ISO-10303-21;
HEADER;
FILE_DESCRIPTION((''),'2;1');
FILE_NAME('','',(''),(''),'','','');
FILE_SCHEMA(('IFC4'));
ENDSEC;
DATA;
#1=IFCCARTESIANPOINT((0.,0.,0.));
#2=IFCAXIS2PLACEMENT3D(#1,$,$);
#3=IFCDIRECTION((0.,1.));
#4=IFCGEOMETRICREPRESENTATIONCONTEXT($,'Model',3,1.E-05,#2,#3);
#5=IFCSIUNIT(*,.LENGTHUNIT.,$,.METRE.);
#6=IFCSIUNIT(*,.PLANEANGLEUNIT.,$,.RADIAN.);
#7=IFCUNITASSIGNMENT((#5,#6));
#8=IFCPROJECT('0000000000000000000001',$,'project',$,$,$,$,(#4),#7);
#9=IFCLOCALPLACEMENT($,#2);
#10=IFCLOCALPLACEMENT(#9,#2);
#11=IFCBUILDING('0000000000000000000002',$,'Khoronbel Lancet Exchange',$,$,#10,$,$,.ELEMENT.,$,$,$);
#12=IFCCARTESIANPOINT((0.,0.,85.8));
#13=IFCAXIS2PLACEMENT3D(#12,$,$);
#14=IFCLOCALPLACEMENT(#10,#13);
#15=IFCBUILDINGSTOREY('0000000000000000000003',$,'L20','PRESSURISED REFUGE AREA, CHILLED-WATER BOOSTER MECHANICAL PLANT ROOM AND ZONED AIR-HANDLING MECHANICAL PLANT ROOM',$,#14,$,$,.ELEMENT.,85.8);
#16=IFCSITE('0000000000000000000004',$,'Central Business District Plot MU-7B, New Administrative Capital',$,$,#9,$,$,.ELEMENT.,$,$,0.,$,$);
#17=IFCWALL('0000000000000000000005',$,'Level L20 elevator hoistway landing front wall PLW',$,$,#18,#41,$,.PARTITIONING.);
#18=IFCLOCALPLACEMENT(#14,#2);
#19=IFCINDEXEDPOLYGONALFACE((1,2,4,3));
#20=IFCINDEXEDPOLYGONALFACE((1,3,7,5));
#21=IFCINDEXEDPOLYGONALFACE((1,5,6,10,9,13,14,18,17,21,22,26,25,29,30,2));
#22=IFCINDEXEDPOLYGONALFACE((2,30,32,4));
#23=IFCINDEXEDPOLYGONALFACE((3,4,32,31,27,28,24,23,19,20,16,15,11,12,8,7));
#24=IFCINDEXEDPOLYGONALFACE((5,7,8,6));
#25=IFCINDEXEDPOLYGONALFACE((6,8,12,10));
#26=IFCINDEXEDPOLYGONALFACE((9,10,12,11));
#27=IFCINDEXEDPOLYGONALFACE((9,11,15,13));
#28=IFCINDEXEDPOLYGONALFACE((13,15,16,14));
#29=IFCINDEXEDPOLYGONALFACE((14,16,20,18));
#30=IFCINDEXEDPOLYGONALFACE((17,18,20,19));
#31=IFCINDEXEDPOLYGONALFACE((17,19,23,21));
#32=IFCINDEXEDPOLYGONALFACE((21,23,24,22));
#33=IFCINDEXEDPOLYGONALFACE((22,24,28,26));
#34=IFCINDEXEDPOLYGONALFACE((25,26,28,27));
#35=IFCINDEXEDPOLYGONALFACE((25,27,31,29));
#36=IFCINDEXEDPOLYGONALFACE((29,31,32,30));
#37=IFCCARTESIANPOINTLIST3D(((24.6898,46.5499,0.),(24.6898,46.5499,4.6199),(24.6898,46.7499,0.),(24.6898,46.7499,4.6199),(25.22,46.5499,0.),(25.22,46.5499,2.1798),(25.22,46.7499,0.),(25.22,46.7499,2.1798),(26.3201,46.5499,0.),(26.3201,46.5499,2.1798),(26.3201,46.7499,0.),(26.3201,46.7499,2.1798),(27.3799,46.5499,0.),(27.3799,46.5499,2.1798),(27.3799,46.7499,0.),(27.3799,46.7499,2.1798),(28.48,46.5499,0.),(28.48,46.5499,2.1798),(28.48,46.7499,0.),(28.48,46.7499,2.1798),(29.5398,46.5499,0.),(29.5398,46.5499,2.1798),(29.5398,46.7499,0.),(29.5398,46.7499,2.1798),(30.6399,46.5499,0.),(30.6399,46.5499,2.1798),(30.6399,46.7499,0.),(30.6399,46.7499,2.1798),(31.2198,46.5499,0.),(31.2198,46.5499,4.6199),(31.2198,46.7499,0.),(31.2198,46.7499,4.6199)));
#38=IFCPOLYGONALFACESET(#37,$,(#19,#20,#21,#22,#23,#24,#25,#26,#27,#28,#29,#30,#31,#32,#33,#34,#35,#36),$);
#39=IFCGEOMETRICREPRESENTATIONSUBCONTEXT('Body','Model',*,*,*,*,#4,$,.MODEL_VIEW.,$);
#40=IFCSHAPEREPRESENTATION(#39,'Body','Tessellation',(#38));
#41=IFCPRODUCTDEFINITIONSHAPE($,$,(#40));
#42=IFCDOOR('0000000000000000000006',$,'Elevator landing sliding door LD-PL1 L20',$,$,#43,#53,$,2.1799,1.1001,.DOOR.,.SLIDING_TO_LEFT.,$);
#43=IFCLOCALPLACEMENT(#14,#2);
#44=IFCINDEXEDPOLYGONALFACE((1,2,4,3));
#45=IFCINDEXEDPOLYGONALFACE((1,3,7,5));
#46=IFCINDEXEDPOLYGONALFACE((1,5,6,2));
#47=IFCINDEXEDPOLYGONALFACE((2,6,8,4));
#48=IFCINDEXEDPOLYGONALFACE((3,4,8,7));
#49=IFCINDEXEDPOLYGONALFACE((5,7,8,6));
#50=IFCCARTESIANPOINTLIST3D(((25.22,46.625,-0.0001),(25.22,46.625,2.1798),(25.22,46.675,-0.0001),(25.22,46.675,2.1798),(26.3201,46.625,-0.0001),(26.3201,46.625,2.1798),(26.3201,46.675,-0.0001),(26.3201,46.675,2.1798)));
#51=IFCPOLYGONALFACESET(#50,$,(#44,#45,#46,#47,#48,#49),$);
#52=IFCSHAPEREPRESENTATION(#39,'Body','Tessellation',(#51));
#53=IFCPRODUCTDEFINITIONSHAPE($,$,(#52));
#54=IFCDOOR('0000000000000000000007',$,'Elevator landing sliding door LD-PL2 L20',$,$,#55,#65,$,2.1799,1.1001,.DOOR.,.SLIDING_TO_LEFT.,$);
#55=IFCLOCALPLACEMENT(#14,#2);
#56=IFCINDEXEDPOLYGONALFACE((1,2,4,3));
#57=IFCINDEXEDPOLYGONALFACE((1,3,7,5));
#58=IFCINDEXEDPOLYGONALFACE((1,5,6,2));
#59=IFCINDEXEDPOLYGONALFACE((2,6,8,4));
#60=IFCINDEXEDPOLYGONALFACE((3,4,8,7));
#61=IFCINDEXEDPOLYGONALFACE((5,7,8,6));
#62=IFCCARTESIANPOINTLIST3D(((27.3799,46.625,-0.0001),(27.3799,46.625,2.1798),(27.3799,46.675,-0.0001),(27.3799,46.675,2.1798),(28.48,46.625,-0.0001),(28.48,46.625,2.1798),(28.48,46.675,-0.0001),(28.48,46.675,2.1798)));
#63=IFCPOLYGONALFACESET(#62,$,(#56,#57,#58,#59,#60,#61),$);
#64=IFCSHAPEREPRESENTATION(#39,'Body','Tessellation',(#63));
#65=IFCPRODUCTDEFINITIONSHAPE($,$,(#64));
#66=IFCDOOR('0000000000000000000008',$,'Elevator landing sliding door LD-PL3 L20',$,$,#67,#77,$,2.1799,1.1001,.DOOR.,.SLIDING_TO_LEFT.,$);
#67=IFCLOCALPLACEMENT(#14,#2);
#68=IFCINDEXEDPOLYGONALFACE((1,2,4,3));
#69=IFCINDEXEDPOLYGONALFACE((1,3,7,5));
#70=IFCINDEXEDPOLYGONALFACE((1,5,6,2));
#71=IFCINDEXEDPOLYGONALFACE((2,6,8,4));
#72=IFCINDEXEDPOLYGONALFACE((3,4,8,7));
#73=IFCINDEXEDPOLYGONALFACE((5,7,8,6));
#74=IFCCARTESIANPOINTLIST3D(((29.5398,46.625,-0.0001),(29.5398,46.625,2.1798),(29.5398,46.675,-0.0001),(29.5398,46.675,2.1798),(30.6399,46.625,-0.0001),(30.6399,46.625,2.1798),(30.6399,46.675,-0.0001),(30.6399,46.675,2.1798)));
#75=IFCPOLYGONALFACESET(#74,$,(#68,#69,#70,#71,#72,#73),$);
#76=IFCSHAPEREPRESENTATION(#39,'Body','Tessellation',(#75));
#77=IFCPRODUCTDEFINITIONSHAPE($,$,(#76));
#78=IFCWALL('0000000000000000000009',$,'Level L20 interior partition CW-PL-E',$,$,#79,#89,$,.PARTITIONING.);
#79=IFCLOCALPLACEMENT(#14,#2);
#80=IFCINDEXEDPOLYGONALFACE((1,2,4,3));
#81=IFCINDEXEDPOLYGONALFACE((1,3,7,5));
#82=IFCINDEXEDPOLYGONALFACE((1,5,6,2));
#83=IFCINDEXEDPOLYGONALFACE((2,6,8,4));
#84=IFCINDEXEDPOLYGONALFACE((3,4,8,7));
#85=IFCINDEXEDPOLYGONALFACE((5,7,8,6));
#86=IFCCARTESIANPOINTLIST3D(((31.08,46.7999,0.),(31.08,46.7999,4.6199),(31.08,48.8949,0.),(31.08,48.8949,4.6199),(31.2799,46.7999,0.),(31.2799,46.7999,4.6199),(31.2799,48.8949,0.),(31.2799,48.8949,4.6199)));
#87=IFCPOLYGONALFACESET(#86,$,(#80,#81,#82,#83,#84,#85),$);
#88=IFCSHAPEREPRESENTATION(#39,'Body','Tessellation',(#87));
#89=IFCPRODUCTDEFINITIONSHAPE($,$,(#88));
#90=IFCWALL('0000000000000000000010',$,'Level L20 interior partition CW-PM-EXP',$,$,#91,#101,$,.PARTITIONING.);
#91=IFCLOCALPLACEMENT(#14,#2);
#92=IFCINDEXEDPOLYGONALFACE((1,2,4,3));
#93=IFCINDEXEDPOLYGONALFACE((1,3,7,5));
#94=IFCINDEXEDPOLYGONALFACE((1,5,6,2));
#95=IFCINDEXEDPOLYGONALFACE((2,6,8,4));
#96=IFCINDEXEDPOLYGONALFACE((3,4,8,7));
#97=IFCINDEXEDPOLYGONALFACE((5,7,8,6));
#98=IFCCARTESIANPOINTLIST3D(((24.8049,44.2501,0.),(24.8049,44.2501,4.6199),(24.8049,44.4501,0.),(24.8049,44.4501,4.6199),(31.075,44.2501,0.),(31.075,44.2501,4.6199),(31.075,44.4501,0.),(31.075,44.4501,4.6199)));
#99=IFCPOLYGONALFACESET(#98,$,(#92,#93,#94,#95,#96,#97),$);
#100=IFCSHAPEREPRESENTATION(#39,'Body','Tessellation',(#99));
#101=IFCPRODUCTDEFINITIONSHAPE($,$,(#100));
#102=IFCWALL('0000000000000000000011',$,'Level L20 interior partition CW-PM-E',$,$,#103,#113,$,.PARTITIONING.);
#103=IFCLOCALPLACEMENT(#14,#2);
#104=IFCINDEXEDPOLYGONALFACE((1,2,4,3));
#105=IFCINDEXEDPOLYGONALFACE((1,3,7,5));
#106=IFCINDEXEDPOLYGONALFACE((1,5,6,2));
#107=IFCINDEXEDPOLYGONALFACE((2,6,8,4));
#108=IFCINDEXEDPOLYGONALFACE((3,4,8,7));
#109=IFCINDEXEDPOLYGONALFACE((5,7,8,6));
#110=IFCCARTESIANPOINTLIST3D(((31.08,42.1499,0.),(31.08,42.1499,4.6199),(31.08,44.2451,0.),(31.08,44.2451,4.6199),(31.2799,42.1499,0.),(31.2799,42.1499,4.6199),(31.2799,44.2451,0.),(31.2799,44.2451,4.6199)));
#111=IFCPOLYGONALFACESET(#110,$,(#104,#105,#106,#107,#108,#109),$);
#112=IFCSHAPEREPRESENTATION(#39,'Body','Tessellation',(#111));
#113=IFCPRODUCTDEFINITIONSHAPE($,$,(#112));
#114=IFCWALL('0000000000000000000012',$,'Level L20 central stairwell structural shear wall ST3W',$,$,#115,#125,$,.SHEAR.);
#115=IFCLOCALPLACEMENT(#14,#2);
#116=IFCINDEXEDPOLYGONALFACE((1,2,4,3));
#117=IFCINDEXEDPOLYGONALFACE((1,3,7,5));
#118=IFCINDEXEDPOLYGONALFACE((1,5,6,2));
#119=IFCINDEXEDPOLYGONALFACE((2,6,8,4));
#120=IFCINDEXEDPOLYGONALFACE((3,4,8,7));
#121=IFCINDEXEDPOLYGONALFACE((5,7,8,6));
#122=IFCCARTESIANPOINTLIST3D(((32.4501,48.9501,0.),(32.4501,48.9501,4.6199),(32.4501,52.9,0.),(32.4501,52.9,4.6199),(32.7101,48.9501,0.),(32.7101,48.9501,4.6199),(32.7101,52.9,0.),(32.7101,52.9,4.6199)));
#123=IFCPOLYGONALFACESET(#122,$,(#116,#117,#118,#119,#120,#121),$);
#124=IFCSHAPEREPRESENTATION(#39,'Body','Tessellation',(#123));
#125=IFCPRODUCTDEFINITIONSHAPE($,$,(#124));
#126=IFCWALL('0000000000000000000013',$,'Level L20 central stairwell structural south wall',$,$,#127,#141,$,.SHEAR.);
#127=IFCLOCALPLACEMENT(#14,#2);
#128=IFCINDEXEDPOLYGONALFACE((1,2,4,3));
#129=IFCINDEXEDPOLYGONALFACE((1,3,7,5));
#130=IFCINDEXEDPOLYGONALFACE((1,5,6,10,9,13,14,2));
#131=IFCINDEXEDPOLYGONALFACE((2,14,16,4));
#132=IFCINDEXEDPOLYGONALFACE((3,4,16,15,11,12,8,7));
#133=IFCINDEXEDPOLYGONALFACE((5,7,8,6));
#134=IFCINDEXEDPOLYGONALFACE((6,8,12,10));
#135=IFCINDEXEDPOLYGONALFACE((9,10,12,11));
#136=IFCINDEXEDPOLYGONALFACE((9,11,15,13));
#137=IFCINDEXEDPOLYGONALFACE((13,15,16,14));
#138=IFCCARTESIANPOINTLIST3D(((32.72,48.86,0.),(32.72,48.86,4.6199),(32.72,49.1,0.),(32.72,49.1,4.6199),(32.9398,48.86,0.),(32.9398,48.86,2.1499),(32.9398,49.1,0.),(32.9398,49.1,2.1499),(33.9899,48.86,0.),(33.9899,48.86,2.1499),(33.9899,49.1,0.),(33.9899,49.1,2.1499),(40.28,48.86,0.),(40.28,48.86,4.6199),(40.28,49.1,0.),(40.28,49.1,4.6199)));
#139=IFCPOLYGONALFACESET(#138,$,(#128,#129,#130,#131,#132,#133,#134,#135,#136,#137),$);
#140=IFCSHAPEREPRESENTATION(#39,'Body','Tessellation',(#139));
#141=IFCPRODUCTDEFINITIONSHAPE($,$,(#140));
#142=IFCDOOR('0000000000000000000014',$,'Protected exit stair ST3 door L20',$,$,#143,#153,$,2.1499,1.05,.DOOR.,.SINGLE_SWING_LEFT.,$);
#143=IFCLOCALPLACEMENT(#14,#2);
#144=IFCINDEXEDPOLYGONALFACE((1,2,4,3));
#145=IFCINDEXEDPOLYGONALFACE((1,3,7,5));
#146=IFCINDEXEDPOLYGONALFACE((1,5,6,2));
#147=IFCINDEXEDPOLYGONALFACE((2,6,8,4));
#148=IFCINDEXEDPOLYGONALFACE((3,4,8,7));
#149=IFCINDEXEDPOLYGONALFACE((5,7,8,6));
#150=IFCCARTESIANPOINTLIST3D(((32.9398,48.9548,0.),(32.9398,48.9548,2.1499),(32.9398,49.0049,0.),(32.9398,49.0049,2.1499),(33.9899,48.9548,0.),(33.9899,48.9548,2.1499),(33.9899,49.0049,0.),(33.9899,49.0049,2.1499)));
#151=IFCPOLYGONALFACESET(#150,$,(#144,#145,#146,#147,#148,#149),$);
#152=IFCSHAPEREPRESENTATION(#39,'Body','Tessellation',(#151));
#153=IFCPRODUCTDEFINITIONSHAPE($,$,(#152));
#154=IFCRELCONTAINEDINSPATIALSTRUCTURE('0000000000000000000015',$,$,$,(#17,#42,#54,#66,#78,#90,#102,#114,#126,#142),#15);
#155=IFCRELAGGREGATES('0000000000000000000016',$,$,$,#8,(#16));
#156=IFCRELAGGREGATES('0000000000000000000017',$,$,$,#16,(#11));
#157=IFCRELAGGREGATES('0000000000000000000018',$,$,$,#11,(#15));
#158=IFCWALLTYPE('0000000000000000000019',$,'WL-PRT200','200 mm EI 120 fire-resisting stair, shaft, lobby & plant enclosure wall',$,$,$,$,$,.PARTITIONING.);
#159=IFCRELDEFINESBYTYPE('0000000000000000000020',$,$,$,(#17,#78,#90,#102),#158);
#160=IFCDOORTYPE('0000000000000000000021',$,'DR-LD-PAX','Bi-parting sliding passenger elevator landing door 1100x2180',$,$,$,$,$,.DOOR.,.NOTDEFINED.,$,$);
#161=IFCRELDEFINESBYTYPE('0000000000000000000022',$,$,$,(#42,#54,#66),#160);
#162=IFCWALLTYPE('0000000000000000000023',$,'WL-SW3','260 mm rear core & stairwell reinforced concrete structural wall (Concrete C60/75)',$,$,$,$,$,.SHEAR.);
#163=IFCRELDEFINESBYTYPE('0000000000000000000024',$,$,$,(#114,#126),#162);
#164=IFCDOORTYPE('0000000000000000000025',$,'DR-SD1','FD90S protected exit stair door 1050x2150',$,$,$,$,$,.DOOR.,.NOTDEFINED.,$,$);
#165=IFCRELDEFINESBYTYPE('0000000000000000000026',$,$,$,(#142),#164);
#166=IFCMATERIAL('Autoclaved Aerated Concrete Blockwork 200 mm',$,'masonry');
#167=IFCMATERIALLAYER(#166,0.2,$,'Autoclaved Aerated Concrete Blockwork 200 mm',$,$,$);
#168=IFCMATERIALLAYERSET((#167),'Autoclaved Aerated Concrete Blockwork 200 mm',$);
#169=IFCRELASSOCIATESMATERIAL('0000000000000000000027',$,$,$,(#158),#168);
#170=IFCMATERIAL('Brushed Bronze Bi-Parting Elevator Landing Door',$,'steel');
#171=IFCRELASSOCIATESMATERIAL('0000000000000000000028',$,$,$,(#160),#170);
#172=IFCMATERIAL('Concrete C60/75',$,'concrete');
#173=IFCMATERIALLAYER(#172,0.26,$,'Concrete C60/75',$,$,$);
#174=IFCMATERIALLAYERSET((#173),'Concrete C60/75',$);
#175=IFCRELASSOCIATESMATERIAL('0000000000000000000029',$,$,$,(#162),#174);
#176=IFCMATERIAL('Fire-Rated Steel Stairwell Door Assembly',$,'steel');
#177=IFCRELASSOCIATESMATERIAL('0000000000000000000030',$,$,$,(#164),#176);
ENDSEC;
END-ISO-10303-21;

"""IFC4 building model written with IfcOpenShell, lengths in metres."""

from ifc_helpers import new_model, si_unit, direction, frame, frame_2d, origin, place, context, subcontext, project, spatial, rectangle, extrude, material, layer, layer_set, type_object, element, fill, save


model = new_model("IFC4")

# Units and contexts
model_context = context("Model", 3, precision=1e-05, world=origin(), true_north=direction((0.0, 1.0)))
body_context = subcontext(model_context, "Body", "Model", "MODEL_VIEW")
ifc_project = project(units=[si_unit("LENGTHUNIT", "METRE"), si_unit("PLANEANGLEUNIT", "RADIAN")], contexts=[model_context])

# Site, building, storey
site_placement = place(None, origin())
site = spatial("IfcSite", under=ifc_project, at=site_placement, Name="Central Business District Plot MU-7B, New Administrative Capital", CompositionType="ELEMENT", RefElevation=0.0)
building_placement = place(site_placement, origin())
building = spatial("IfcBuilding", under=site, at=building_placement, Name="Khoronbel Lancet Exchange", CompositionType="ELEMENT")
storey_placement = place(building_placement, frame((0.0, 0.0, 85.8)))
storey = spatial("IfcBuildingStorey", under=building, at=storey_placement, Name="L20", Description="PRESSURISED REFUGE AREA, CHILLED-WATER BOOSTER MECHANICAL PLANT ROOM AND ZONED AIR-HANDLING MECHANICAL PLANT ROOM", CompositionType="ELEMENT", Elevation=85.8)

# Wall, openings, doors
ifc_material_1 = material(Name="Autoclaved Aerated Concrete Blockwork 200 mm", Category="masonry")
ifc_layer_1 = layer(ifc_material_1, 0.2, Name="Autoclaved Aerated Concrete Blockwork 200 mm")
ifc_layer_set_1 = layer_set([ifc_layer_1], Name="Autoclaved Aerated Concrete Blockwork 200 mm")
wall_type_1 = type_object("IfcWallType", Name="WL-PRT200", Description="200 mm EI 120 fire-resisting stair, shaft, lobby & plant enclosure wall", PredefinedType="PARTITIONING", material=ifc_layer_set_1)
wall_1_placement = place(storey_placement, frame((31.22, 46.6499, 0.0), z_axis=(0.0, 0.0, 1.0), x_axis=(-1.0, 0.0, 0.0)))
wall_1 = element("IfcWall", 1, at=wall_1_placement, inside=storey, type_object=wall_type_1, Name="Level L20 elevator hoistway landing front wall PLW", PredefinedType="PARTITIONING", context=body_context, shape_type="SweptSolid", body=[
    extrude(rectangle(XDim=6.53, YDim=0.2, at=frame_2d((3.2651, 0.0))), origin(), (0.0, 0.0, 1.0), 4.6199),
])
opening_1_placement = place(wall_1_placement, frame((4.8999, 0.0, 0.0)))
opening_1 = element("IfcOpeningElement", 2, at=opening_1_placement, cuts=wall_1, PredefinedType="OPENING", context=body_context, shape_type="SweptSolid", body=[
    extrude(rectangle(XDim=1.1001, YDim=2.1799, at=frame_2d((0.55, 1.0898))), frame((0.0, 0.1099, 0.0), z_axis=(0.0, -1.0, 0.0), x_axis=(1.0, 0.0, 0.0)), (0.0, 0.0, 1.0), 0.22),
])
opening_2_placement = place(wall_1_placement, frame((2.74, 0.0, 0.0)))
opening_2 = element("IfcOpeningElement", 3, at=opening_2_placement, cuts=wall_1, PredefinedType="OPENING", context=body_context, shape_type="SweptSolid", body=[
    extrude(rectangle(XDim=1.1001, YDim=2.1799, at=frame_2d((0.55, 1.0898))), frame((0.0, 0.1099, 0.0), z_axis=(0.0, -1.0, 0.0), x_axis=(1.0, 0.0, 0.0)), (0.0, 0.0, 1.0), 0.22),
])
opening_3_placement = place(wall_1_placement, frame((0.5801, 0.0, 0.0)))
opening_3 = element("IfcOpeningElement", 4, at=opening_3_placement, cuts=wall_1, PredefinedType="OPENING", context=body_context, shape_type="SweptSolid", body=[
    extrude(rectangle(XDim=1.1001, YDim=2.1799, at=frame_2d((0.55, 1.0898))), frame((0.0, 0.1099, 0.0), z_axis=(0.0, -1.0, 0.0), x_axis=(1.0, 0.0, 0.0)), (0.0, 0.0, 1.0), 0.22),
])
ifc_material_2 = material(Name="Brushed Bronze Bi-Parting Elevator Landing Door", Category="steel")
door_type_1 = type_object("IfcDoorType", Name="DR-LD-PAX", Description="Bi-parting sliding passenger elevator landing door 1100x2180", OperationType="NOTDEFINED", PredefinedType="DOOR", material=ifc_material_2)
door_1_placement = place(opening_1_placement, origin())
door_1 = element("IfcDoor", 5, at=door_1_placement, inside=storey, type_object=door_type_1, Name="Elevator landing sliding door LD-PL1 L20", OperationType="SLIDING_TO_LEFT", OverallHeight=2.1799, OverallWidth=1.1001, PredefinedType="DOOR", context=body_context, shape_type="SweptSolid", body=[
    extrude(rectangle(XDim=1.1001, YDim=2.1799, at=frame_2d((0.55, 1.0898))), frame((0.0, 0.0249, 0.0), z_axis=(0.0, -1.0, 0.0), x_axis=(1.0, 0.0, 0.0)), (0.0, 0.0, 1.0), 0.05),
])
fill(opening_1, door_1)
door_2_placement = place(opening_2_placement, origin())
door_2 = element("IfcDoor", 6, at=door_2_placement, inside=storey, type_object=door_type_1, Name="Elevator landing sliding door LD-PL2 L20", OperationType="SLIDING_TO_LEFT", OverallHeight=2.1799, OverallWidth=1.1001, PredefinedType="DOOR", context=body_context, shape_type="SweptSolid", body=[
    extrude(rectangle(XDim=1.1001, YDim=2.1799, at=frame_2d((0.55, 1.0898))), frame((0.0, 0.0249, 0.0), z_axis=(0.0, -1.0, 0.0), x_axis=(1.0, 0.0, 0.0)), (0.0, 0.0, 1.0), 0.05),
])
fill(opening_2, door_2)
door_3_placement = place(opening_3_placement, origin())
door_3 = element("IfcDoor", 7, at=door_3_placement, inside=storey, type_object=door_type_1, Name="Elevator landing sliding door LD-PL3 L20", OperationType="SLIDING_TO_LEFT", OverallHeight=2.1799, OverallWidth=1.1001, PredefinedType="DOOR", context=body_context, shape_type="SweptSolid", body=[
    extrude(rectangle(XDim=1.1001, YDim=2.1799, at=frame_2d((0.55, 1.0898))), frame((0.0, 0.0249, 0.0), z_axis=(0.0, -1.0, 0.0), x_axis=(1.0, 0.0, 0.0)), (0.0, 0.0, 1.0), 0.05),
])
fill(opening_3, door_3)

# Walls
wall_2_placement = place(storey_placement, frame((31.1799, 46.8, 0.0), z_axis=(0.0, 0.0, 1.0), x_axis=(0.0, 1.0, 0.0)))
element("IfcWall", 8, at=wall_2_placement, inside=storey, type_object=wall_type_1, Name="Level L20 interior partition CW-PL-E", PredefinedType="PARTITIONING", context=body_context, shape_type="SweptSolid", body=[
    extrude(rectangle(XDim=2.095, YDim=0.2, at=frame_2d((1.0474, 0.0))), origin(), (0.0, 0.0, 1.0), 4.6199),
])
wall_3_placement = place(storey_placement, frame((24.8049, 44.3501, 0.0), z_axis=(0.0, 0.0, 1.0), x_axis=(1.0, 0.0, 0.0)))
element("IfcWall", 9, at=wall_3_placement, inside=storey, type_object=wall_type_1, Name="Level L20 interior partition CW-PM-EXP", PredefinedType="PARTITIONING", context=body_context, shape_type="SweptSolid", body=[
    extrude(rectangle(XDim=6.27, YDim=0.2, at=frame_2d((3.135, 0.0))), origin(), (0.0, 0.0, 1.0), 4.6199),
])
wall_4_placement = place(storey_placement, frame((31.1799, 42.1499, 0.0), z_axis=(0.0, 0.0, 1.0), x_axis=(0.0, 1.0, 0.0)))
element("IfcWall", 10, at=wall_4_placement, inside=storey, type_object=wall_type_1, Name="Level L20 interior partition CW-PM-E", PredefinedType="PARTITIONING", context=body_context, shape_type="SweptSolid", body=[
    extrude(rectangle(XDim=2.0952, YDim=0.2, at=frame_2d((1.0476, 0.0))), origin(), (0.0, 0.0, 1.0), 4.6199),
])
ifc_material_3 = material(Name="Concrete C60/75", Category="concrete")
ifc_layer_2 = layer(ifc_material_3, 0.26, Name="Concrete C60/75")
ifc_layer_set_2 = layer_set([ifc_layer_2], Name="Concrete C60/75")
wall_type_2 = type_object("IfcWallType", Name="WL-SW3", Description="260 mm rear core & stairwell reinforced concrete structural wall (Concrete C60/75)", PredefinedType="SHEAR", material=ifc_layer_set_2)
wall_5_placement = place(storey_placement, frame((32.5801, 48.95, 0.0), z_axis=(0.0, 0.0, 1.0), x_axis=(0.0, 1.0, 0.0)))
element("IfcWall", 11, at=wall_5_placement, inside=storey, type_object=wall_type_2, Name="Level L20 central stairwell structural shear wall ST3W", PredefinedType="SHEAR", context=body_context, shape_type="SweptSolid", body=[
    extrude(rectangle(XDim=3.95, YDim=0.26, at=frame_2d((1.9751, 0.0))), origin(), (0.0, 0.0, 1.0), 4.6199),
])

# Wall, opening, door
wall_6_placement = place(storey_placement, frame((32.72, 48.98, 0.0), z_axis=(0.0, 0.0, 1.0), x_axis=(1.0, 0.0, 0.0)))
wall_6 = element("IfcWall", 12, at=wall_6_placement, inside=storey, type_object=wall_type_2, Name="Level L20 central stairwell structural south wall", PredefinedType="SHEAR", context=body_context, shape_type="SweptSolid", body=[
    extrude(rectangle(XDim=7.5601, YDim=0.24, at=frame_2d((3.78, 0.0))), origin(), (0.0, 0.0, 1.0), 4.6199),
])
opening_4_placement = place(wall_6_placement, frame((0.22, 0.0, 0.0)))
opening_4 = element("IfcOpeningElement", 13, at=opening_4_placement, cuts=wall_6, PredefinedType="OPENING", context=body_context, shape_type="SweptSolid", body=[
    extrude(rectangle(XDim=1.05, YDim=2.1499, at=frame_2d((0.5249, 1.075))), frame((0.0, 0.1299, 0.0), z_axis=(0.0, -1.0, 0.0), x_axis=(1.0, 0.0, 0.0)), (0.0, 0.0, 1.0), 0.26),
])
ifc_material_4 = material(Name="Fire-Rated Steel Stairwell Door Assembly", Category="steel")
door_type_2 = type_object("IfcDoorType", Name="DR-SD1", Description="FD90S protected exit stair door 1050x2150", OperationType="NOTDEFINED", PredefinedType="DOOR", material=ifc_material_4)
door_4_placement = place(opening_4_placement, origin())
door_4 = element("IfcDoor", 14, at=door_4_placement, inside=storey, type_object=door_type_2, Name="Protected exit stair ST3 door L20", OperationType="SINGLE_SWING_LEFT", OverallHeight=2.1499, OverallWidth=1.05, PredefinedType="DOOR", context=body_context, shape_type="SweptSolid", body=[
    extrude(rectangle(XDim=1.05, YDim=2.1499, at=frame_2d((0.5249, 1.075))), frame((0.0, 0.0249, 0.0), z_axis=(0.0, -1.0, 0.0), x_axis=(1.0, 0.0, 0.0)), (0.0, 0.0, 1.0), 0.05),
])
fill(opening_4, door_4)

save(model, "model.ifc")
